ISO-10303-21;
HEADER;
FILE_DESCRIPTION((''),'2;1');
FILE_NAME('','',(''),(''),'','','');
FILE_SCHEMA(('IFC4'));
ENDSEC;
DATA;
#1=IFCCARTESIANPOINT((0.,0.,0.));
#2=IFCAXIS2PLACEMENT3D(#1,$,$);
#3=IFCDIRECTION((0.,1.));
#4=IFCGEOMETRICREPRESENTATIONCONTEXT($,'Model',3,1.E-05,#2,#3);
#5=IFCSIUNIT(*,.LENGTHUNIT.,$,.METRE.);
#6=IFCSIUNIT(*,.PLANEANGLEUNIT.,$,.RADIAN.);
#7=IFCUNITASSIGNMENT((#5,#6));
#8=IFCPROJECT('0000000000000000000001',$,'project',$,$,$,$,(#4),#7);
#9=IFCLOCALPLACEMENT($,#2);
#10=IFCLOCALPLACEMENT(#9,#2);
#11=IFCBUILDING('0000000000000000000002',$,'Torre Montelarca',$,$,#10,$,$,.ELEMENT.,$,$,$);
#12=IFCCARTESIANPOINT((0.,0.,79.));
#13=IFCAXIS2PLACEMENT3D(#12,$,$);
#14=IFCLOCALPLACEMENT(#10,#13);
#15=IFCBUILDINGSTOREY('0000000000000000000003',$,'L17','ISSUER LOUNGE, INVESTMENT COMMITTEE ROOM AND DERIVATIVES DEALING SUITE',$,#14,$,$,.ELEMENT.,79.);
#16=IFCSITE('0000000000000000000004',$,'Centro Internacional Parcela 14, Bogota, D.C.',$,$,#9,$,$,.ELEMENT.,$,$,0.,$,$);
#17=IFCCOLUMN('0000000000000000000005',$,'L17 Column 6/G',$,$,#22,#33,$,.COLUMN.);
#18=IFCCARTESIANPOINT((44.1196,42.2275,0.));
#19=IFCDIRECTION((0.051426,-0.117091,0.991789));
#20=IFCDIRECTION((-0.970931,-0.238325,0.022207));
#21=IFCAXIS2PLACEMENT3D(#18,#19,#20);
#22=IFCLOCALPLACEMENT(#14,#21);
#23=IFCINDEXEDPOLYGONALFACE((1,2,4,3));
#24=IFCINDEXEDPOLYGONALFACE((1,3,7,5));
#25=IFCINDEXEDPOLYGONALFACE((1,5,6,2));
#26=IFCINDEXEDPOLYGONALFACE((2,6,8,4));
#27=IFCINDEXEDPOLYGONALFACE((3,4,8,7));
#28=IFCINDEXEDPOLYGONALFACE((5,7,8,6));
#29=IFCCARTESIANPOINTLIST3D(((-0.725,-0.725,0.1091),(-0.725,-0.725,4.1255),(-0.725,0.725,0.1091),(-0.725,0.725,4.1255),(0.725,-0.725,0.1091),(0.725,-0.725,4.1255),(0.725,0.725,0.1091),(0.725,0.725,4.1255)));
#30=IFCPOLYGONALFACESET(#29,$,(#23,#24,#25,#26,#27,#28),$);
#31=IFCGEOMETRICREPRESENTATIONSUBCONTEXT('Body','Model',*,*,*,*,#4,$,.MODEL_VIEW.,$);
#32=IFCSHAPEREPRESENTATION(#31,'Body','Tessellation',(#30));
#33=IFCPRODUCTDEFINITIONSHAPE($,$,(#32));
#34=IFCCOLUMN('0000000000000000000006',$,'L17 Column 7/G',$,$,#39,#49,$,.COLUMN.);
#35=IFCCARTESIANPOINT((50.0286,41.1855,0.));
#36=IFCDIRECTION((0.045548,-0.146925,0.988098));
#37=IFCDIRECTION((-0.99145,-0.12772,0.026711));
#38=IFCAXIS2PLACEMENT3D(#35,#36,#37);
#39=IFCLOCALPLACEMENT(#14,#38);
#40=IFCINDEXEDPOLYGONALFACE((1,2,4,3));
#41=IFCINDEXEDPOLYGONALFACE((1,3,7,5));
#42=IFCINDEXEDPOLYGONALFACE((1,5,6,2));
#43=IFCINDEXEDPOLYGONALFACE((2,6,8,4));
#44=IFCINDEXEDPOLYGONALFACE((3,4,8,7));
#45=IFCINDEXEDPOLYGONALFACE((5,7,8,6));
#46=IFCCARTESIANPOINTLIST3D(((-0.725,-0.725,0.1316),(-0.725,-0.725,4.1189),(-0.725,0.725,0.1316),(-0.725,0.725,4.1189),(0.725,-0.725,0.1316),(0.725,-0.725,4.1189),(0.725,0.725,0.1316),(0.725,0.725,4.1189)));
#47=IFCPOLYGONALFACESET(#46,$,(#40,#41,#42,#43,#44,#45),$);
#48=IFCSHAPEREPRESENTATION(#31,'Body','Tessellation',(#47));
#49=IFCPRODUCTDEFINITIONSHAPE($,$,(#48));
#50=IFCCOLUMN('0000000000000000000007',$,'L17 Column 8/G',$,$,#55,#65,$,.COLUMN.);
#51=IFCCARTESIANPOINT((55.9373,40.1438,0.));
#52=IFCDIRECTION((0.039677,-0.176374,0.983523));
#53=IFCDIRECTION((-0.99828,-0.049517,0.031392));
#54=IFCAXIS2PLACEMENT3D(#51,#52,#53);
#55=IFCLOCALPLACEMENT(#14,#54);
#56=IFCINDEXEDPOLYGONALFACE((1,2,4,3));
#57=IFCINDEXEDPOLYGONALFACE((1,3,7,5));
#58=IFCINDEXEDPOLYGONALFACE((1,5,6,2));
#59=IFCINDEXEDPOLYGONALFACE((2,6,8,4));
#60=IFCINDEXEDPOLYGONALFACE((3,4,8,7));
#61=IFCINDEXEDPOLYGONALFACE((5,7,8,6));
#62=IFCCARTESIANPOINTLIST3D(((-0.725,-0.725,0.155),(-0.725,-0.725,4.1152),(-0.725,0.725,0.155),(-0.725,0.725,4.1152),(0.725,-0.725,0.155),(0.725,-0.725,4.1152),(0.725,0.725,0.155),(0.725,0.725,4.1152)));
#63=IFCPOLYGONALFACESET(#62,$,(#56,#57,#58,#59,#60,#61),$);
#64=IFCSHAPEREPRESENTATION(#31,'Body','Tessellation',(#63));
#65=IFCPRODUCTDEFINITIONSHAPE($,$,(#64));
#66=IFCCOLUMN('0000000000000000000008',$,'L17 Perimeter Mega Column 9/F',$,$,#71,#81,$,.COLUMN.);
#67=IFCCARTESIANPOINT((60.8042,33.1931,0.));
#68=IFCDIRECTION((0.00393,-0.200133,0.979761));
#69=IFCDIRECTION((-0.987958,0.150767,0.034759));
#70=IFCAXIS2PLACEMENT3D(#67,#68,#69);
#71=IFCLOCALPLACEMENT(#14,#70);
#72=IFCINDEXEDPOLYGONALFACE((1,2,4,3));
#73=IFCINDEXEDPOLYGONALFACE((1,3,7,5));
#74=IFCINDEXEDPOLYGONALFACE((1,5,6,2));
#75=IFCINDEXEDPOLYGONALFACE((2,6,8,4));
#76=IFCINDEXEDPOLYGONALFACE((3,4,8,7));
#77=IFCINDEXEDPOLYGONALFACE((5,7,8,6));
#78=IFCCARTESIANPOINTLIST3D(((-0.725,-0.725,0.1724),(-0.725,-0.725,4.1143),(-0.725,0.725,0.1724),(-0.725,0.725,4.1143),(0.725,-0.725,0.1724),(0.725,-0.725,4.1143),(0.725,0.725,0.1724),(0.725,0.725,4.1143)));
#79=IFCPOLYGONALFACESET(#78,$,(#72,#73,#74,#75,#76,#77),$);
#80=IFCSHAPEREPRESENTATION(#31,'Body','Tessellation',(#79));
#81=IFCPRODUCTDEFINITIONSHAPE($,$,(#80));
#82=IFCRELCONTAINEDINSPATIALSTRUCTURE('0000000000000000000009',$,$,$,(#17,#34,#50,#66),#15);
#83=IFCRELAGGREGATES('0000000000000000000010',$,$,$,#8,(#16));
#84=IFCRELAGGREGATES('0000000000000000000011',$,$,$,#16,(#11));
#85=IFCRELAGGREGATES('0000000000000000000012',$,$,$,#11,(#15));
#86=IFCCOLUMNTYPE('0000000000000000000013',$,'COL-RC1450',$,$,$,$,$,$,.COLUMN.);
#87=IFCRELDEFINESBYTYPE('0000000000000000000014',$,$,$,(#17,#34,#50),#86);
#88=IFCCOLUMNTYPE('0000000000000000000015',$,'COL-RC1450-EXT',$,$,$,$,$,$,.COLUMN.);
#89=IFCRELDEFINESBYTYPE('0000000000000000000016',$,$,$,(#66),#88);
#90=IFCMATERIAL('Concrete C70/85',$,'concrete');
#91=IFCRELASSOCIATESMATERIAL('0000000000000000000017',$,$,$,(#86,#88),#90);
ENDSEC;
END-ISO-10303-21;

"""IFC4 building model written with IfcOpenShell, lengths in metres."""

from ifc_helpers import new_model, si_unit, direction, frame, origin, origin_2d, place, context, subcontext, project, spatial, rectangle, extrude, clip, halfspace, material, material_profile, profile_set, type_object, element, save


model = new_model("IFC4")

# Units and contexts
model_context = context("Model", 3, precision=1e-05, world=origin(), true_north=direction((0.0, 1.0)))
body_context = subcontext(model_context, "Body", "Model", "MODEL_VIEW")
ifc_project = project(units=[si_unit("LENGTHUNIT", "METRE"), si_unit("PLANEANGLEUNIT", "RADIAN")], contexts=[model_context])

# Site, building, storey
site_placement = place(None, origin())
site = spatial("IfcSite", under=ifc_project, at=site_placement, Name="Centro Internacional Parcela 14, Bogota, D.C.", CompositionType="ELEMENT", RefElevation=0.0)
building_placement = place(site_placement, origin())
building = spatial("IfcBuilding", under=site, at=building_placement, Name="Torre Montelarca", CompositionType="ELEMENT")
storey_placement = place(building_placement, frame((0.0, 0.0, 79.0)))
storey = spatial("IfcBuildingStorey", under=building, at=storey_placement, Name="L17", Description="ISSUER LOUNGE, INVESTMENT COMMITTEE ROOM AND DERIVATIVES DEALING SUITE", CompositionType="ELEMENT", Elevation=79.0)

# Columns
ifc_material_1 = material(Name="Concrete C70/85", Category="concrete")
ifc_material_profile_1 = material_profile(ifc_material_1, rectangle(XDim=1.45, YDim=1.45, at=origin_2d()), Name="RC1450X1450", Category="concrete")
ifc_profile_set_1 = profile_set([ifc_material_profile_1], Name="Concrete C70/85")
column_type_1 = type_object("IfcColumnType", Name="COL-RC1450", PredefinedType="COLUMN", material=ifc_profile_set_1)
column_1_placement = place(storey_placement, frame((44.1196, 42.2275, 0.0), z_axis=(0.051426, -0.117091, 0.991789), x_axis=(-0.970931, -0.238325, 0.022207)))
element("IfcColumn", 1, at=column_1_placement, inside=storey, type_object=column_type_1, Name="L17 Column 6/G", PredefinedType="COLUMN", context=body_context, shape_type="Clipping", body=[
    clip(clip(extrude(rectangle(XDim=1.45, YDim=1.45, at=origin_2d()), origin(), (0.0, 0.0, 1.0), 4.2346), halfspace(frame((0.0, 0.0, 0.1091), z_axis=(0.0, 0.0, -1.0), x_axis=(1.0, 0.0, 0.0)), False)), halfspace(frame((0.0, 0.0, 4.1255), z_axis=(0.0, 0.0, 1.0), x_axis=(1.0, 0.0, 0.0)), False)),
])
column_2_placement = place(storey_placement, frame((50.0286, 41.1855, 0.0), z_axis=(0.045548, -0.146925, 0.988098), x_axis=(-0.99145, -0.12772, 0.026711)))
element("IfcColumn", 2, at=column_2_placement, inside=storey, type_object=column_type_1, Name="L17 Column 7/G", PredefinedType="COLUMN", context=body_context, shape_type="Clipping", body=[
    clip(clip(extrude(rectangle(XDim=1.45, YDim=1.45, at=origin_2d()), origin(), (0.0, 0.0, 1.0), 4.2505), halfspace(frame((0.0, 0.0, 0.1316), z_axis=(0.0, 0.0, -1.0), x_axis=(1.0, 0.0, 0.0)), False)), halfspace(frame((0.0, 0.0, 4.1189), z_axis=(0.0, 0.0, 1.0), x_axis=(1.0, 0.0, 0.0)), False)),
])
column_3_placement = place(storey_placement, frame((55.9373, 40.1438, 0.0), z_axis=(0.039677, -0.176374, 0.983523), x_axis=(-0.99828, -0.049517, 0.031392)))
element("IfcColumn", 3, at=column_3_placement, inside=storey, type_object=column_type_1, Name="L17 Column 8/G", PredefinedType="COLUMN", context=body_context, shape_type="Clipping", body=[
    clip(clip(extrude(rectangle(XDim=1.45, YDim=1.45, at=origin_2d()), origin(), (0.0, 0.0, 1.0), 4.2703), halfspace(frame((0.0, 0.0, 0.155), z_axis=(0.0, 0.0, -1.0), x_axis=(1.0, 0.0, 0.0)), False)), halfspace(frame((0.0, 0.0, 4.1152), z_axis=(0.0, 0.0, 1.0), x_axis=(1.0, 0.0, 0.0)), False)),
])
ifc_material_profile_2 = material_profile(ifc_material_1, rectangle(XDim=1.45, YDim=1.45, at=origin_2d()), Name="RC1450X1450", Category="concrete")
ifc_profile_set_2 = profile_set([ifc_material_profile_2], Name="Concrete C70/85")
column_type_2 = type_object("IfcColumnType", Name="COL-RC1450-EXT", PredefinedType="COLUMN", material=ifc_profile_set_2)
column_4_placement = place(storey_placement, frame((60.8042, 33.1931, 0.0), z_axis=(0.00393, -0.200133, 0.979761), x_axis=(-0.987958, 0.150767, 0.034759)))
element("IfcColumn", 4, at=column_4_placement, inside=storey, type_object=column_type_2, Name="L17 Perimeter Mega Column 9/F", PredefinedType="COLUMN", context=body_context, shape_type="Clipping", body=[
    clip(clip(extrude(rectangle(XDim=1.45, YDim=1.45, at=origin_2d()), origin(), (0.0, 0.0, 1.0), 4.2866), halfspace(frame((0.0, 0.0, 0.1724), z_axis=(0.0, 0.0, -1.0), x_axis=(1.0, 0.0, 0.0)), False)), halfspace(frame((0.0, 0.0, 4.1143), z_axis=(0.0, 0.0, 1.0), x_axis=(1.0, 0.0, 0.0)), False)),
])

save(model, "model.ifc")
